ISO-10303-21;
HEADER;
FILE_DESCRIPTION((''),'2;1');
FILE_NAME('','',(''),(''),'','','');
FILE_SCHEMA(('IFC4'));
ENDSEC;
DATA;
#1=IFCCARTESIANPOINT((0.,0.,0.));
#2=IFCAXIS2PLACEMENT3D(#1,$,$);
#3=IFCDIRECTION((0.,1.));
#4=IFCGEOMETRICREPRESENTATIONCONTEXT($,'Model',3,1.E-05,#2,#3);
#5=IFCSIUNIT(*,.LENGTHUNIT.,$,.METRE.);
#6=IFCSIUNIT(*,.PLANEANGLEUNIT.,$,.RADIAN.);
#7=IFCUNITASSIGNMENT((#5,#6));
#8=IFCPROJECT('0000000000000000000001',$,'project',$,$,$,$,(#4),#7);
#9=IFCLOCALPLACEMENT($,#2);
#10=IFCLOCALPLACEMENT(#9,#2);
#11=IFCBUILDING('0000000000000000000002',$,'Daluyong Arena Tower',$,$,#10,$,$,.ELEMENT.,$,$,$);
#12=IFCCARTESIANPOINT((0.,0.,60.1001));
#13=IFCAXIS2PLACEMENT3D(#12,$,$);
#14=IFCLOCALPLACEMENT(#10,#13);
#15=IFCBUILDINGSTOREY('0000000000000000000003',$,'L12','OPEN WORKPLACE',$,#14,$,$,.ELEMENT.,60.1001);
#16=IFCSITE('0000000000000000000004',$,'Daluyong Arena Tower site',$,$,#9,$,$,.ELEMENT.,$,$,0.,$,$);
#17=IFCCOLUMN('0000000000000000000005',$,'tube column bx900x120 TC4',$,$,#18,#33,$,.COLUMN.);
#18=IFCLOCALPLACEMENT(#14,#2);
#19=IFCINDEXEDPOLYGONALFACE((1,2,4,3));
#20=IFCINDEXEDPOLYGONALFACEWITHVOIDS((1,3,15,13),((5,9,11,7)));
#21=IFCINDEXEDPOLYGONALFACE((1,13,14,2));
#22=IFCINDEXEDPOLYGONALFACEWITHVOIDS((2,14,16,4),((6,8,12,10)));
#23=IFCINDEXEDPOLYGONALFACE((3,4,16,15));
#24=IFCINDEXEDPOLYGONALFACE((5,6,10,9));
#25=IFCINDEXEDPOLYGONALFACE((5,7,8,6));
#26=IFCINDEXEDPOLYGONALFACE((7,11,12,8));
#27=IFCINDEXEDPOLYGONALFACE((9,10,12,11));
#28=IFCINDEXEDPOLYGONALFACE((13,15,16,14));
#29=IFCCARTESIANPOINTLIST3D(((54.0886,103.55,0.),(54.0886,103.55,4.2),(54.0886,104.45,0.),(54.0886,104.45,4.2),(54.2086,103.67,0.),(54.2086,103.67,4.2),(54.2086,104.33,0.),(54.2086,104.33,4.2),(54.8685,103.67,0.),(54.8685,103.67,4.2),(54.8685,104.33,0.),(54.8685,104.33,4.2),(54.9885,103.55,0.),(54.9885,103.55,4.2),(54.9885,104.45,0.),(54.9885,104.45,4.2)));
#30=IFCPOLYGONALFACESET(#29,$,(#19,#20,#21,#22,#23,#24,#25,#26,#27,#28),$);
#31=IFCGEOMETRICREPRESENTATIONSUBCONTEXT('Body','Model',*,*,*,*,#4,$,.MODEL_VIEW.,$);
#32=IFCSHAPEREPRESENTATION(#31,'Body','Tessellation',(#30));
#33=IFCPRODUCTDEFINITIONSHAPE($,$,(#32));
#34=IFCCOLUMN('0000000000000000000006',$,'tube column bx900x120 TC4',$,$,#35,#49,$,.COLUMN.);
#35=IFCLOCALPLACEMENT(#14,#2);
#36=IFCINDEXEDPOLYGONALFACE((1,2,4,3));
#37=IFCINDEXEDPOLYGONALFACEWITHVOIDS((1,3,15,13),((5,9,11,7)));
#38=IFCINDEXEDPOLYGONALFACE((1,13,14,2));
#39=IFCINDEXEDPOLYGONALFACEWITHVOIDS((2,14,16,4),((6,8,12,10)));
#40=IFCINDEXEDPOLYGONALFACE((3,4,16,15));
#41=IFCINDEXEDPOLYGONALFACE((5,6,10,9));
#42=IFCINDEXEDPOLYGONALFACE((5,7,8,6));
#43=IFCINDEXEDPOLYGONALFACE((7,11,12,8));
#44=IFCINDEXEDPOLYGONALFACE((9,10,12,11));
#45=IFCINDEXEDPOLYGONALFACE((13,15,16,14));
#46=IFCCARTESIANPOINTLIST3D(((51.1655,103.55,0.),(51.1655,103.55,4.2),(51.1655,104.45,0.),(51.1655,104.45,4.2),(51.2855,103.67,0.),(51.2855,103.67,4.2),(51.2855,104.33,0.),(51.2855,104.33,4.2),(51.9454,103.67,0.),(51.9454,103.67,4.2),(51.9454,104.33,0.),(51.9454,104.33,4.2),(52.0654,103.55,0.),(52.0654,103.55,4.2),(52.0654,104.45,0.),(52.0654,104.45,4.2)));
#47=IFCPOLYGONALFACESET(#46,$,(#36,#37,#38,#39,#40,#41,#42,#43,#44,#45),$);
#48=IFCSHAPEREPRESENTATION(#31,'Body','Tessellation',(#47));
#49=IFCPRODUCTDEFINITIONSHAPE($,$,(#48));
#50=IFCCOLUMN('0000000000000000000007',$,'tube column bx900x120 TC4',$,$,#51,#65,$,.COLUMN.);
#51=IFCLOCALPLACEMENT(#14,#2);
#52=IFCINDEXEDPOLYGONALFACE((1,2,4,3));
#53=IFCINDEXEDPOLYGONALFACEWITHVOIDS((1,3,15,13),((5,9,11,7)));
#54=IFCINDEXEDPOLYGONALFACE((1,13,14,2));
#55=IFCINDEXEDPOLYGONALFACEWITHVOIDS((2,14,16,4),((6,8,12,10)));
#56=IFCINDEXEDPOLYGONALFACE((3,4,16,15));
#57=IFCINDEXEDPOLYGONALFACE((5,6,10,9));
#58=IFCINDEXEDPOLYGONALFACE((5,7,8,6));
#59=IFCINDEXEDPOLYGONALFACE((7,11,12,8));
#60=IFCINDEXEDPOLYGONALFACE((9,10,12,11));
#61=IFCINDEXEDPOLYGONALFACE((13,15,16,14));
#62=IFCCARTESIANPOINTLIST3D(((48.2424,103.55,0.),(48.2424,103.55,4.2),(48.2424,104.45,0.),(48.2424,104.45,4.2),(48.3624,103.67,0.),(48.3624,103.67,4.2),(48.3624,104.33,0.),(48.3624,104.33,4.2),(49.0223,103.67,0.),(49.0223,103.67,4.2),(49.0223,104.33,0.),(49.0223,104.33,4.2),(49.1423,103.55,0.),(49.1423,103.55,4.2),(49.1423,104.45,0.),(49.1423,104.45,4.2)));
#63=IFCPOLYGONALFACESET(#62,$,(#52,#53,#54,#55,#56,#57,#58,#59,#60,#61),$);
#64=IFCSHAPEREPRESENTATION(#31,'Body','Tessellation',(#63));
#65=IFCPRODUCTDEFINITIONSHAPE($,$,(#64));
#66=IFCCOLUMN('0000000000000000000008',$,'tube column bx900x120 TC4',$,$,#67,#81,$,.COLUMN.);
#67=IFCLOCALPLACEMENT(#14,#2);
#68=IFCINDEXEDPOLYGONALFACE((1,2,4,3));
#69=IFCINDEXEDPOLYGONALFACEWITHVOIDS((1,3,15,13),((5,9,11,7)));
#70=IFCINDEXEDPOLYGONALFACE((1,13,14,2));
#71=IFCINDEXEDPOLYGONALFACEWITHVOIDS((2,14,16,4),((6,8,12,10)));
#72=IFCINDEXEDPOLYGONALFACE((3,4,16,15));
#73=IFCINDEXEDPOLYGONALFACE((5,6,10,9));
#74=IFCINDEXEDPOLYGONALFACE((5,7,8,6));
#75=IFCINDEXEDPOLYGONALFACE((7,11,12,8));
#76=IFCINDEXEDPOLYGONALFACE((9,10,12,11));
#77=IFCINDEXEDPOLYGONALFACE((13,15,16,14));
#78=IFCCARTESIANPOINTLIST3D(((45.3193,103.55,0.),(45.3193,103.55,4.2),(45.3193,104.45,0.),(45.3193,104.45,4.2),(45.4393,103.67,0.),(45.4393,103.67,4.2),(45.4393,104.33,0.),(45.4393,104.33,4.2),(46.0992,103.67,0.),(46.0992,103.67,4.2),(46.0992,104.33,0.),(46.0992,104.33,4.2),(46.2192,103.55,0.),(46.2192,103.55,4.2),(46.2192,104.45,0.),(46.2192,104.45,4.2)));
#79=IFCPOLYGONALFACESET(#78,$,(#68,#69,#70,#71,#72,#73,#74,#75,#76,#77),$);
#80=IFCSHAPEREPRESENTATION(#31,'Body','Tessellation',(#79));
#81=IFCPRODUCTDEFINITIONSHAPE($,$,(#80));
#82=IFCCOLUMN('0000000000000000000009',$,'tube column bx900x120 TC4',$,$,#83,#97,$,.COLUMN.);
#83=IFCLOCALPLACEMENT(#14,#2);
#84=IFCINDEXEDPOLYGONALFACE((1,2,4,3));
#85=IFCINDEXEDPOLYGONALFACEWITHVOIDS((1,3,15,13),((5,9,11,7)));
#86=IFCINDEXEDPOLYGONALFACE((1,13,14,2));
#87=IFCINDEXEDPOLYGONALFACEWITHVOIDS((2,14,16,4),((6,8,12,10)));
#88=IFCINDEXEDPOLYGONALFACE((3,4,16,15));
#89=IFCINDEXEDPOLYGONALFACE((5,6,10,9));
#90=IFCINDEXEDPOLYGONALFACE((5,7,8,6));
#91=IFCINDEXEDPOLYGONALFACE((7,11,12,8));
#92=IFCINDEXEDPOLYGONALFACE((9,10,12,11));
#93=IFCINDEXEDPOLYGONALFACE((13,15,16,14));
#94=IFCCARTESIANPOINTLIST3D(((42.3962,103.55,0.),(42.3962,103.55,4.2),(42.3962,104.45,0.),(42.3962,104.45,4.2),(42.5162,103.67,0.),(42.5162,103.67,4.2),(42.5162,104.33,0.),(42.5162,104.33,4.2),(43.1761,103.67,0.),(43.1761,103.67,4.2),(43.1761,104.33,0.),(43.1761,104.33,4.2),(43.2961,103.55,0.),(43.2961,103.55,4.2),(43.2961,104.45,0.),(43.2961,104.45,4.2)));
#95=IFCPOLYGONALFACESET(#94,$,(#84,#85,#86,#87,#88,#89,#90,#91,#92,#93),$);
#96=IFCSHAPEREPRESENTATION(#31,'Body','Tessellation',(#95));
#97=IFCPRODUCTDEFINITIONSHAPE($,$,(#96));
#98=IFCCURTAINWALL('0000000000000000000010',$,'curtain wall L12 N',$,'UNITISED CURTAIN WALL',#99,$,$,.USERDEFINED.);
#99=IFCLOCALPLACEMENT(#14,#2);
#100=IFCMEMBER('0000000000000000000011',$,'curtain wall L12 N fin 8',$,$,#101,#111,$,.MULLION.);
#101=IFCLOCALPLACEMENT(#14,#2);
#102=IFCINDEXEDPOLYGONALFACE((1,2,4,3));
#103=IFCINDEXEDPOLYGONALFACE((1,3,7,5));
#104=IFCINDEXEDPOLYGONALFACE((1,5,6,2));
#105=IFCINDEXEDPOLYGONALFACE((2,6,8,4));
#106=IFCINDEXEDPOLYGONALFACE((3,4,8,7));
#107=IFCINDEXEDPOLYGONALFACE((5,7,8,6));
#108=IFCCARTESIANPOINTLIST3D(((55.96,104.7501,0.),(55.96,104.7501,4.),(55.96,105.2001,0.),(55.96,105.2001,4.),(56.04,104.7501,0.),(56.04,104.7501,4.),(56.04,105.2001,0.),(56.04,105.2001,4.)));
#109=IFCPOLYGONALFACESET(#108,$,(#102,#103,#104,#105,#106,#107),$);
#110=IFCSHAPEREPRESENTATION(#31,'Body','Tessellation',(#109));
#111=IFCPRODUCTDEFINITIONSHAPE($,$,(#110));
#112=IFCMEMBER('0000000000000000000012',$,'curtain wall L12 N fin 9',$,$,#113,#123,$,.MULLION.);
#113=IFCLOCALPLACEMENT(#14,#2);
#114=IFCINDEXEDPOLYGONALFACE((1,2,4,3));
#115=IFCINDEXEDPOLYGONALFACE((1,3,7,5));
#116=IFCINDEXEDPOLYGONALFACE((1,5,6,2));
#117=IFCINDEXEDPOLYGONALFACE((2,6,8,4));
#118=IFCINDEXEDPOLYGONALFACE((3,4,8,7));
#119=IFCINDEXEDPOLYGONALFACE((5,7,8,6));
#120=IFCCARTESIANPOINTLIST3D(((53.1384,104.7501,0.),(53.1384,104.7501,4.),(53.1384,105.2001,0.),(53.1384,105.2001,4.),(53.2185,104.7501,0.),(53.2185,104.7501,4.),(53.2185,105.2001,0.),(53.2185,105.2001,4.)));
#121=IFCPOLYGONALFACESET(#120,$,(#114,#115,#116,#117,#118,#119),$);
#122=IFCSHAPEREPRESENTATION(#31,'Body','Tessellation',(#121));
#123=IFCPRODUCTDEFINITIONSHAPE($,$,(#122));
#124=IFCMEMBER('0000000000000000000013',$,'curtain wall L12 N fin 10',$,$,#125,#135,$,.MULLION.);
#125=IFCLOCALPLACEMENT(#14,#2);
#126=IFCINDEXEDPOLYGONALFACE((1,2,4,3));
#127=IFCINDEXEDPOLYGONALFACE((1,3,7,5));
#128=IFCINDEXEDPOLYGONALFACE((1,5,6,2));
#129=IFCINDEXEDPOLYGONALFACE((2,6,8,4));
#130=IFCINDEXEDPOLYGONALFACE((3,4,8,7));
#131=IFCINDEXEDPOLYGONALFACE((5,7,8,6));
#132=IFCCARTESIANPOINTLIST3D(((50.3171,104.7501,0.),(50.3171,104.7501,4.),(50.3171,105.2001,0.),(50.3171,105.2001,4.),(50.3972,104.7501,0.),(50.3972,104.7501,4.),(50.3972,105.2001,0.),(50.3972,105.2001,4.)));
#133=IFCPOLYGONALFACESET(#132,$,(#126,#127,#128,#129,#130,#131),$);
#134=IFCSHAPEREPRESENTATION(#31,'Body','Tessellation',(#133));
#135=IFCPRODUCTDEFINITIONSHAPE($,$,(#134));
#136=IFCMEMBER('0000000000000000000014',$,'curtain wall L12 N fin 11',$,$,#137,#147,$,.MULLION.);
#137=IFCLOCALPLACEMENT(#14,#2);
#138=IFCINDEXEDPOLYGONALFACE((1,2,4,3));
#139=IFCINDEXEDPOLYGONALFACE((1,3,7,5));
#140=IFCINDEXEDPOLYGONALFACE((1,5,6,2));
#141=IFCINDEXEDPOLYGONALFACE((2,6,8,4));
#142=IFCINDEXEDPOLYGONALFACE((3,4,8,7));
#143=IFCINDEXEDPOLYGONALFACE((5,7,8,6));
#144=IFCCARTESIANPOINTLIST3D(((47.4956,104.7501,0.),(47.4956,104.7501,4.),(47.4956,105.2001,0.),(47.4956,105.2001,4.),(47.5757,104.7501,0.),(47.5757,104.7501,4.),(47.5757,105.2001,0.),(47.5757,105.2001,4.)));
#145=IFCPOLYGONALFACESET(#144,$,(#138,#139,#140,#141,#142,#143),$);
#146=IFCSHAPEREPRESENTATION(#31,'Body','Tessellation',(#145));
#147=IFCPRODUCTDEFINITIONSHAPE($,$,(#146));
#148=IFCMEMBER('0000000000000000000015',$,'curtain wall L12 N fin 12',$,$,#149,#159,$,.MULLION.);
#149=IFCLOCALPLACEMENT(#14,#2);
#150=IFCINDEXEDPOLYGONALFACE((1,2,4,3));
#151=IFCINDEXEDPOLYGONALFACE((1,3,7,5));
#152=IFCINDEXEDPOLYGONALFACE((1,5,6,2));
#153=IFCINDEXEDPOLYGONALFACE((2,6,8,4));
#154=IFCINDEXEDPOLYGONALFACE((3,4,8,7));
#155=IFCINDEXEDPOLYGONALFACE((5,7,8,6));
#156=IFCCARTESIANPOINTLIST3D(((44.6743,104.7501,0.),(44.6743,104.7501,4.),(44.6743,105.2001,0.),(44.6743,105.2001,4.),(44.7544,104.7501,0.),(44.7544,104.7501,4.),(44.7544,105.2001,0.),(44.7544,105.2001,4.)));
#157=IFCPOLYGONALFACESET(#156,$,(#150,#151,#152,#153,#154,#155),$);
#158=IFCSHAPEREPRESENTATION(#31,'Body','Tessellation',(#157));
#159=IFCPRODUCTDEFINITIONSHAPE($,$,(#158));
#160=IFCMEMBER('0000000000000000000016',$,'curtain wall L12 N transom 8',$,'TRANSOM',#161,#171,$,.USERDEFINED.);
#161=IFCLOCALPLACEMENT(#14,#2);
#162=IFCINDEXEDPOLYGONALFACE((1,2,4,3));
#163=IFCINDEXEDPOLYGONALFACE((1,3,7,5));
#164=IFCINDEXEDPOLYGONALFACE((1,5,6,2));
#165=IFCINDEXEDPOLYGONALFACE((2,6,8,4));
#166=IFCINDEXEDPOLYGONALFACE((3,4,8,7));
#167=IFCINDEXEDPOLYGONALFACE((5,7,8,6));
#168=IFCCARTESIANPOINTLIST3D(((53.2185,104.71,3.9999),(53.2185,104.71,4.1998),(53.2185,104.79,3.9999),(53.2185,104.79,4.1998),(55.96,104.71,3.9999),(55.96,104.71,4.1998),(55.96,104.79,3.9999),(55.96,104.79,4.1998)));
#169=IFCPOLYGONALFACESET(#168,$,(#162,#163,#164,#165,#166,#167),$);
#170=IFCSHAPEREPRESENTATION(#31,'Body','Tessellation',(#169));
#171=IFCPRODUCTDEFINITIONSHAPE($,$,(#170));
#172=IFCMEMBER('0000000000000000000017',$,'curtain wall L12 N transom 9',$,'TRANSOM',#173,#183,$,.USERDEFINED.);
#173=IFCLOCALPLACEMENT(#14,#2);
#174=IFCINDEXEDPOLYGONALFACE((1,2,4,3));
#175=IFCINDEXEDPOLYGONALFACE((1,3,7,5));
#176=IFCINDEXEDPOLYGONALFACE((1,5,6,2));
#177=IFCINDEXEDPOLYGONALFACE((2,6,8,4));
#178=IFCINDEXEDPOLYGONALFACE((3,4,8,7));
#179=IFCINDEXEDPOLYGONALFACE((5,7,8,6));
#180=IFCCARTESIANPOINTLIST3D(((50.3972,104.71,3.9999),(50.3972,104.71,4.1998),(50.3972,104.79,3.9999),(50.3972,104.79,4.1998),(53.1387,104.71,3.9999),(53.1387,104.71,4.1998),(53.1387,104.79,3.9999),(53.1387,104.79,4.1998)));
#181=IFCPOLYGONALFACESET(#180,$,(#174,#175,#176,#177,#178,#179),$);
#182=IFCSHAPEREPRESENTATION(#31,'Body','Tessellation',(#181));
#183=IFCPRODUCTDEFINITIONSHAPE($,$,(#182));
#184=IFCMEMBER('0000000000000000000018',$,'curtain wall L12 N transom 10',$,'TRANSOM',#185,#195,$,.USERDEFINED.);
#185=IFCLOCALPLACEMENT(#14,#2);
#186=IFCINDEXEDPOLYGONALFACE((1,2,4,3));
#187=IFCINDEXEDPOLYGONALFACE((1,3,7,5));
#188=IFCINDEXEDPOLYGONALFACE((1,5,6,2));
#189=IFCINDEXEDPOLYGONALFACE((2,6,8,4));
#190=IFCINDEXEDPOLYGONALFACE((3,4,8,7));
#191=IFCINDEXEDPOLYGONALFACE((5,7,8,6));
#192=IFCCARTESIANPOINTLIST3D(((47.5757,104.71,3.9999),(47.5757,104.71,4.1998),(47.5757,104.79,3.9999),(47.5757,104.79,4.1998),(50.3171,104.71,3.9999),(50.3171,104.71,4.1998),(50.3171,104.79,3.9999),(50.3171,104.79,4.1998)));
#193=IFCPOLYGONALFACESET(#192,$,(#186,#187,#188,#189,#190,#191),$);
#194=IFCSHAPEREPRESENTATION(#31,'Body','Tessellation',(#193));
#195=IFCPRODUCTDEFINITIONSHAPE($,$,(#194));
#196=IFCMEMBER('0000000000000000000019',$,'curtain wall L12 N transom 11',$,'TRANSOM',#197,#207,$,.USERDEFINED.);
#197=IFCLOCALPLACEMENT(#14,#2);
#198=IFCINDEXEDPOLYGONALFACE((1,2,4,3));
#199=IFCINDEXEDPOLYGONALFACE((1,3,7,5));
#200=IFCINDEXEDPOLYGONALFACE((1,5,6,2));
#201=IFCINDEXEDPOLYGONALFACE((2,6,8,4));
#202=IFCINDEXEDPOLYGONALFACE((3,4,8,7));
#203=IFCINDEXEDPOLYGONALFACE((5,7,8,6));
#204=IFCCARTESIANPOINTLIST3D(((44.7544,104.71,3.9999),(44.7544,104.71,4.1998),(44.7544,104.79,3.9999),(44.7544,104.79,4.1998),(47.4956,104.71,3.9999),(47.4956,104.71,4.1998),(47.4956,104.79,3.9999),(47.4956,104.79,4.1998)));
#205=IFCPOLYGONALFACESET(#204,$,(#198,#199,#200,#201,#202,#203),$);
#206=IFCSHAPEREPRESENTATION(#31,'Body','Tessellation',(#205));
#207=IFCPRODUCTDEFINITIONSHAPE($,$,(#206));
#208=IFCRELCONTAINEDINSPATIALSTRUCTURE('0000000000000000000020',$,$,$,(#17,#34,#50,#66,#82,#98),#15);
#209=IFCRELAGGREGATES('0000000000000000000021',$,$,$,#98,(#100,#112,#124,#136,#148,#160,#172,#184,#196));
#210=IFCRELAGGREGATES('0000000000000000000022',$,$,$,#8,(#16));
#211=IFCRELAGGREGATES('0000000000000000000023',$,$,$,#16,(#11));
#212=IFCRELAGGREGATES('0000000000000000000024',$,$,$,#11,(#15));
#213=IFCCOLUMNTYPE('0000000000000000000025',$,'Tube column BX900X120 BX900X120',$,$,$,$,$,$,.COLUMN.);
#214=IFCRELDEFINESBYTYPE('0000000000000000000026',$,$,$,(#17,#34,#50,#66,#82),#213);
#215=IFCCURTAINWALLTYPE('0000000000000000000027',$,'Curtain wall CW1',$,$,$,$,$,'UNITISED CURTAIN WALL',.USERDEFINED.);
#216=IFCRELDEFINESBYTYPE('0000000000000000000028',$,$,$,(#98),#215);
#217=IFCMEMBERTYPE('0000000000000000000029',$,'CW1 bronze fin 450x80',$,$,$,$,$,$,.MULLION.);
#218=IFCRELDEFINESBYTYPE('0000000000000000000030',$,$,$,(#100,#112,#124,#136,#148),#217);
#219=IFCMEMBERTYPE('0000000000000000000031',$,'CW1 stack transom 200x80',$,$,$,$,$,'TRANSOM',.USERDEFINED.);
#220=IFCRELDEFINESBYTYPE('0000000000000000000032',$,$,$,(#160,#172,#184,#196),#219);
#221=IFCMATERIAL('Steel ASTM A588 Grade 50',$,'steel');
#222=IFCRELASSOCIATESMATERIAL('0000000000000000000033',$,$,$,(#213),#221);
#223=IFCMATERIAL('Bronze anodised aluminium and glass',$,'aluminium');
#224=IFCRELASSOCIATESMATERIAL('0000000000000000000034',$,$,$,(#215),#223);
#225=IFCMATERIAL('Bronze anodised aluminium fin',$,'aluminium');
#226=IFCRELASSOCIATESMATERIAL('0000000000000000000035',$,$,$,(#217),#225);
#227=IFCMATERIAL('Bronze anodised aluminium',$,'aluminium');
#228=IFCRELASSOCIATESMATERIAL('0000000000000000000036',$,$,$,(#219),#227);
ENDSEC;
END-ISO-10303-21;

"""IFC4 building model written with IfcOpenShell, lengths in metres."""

from ifc_helpers import new_model, si_unit, direction, frame, origin, origin_2d, place, context, subcontext, project, spatial, rectangle, hollow_rectangle, extrude, material, material_profile, profile_set, type_object, element, aggregate, save


model = new_model("IFC4")

# Units and contexts
model_context = context("Model", 3, precision=1e-05, world=origin(), true_north=direction((0.0, 1.0)))
body_context = subcontext(model_context, "Body", "Model", "MODEL_VIEW")
ifc_project = project(units=[si_unit("LENGTHUNIT", "METRE"), si_unit("PLANEANGLEUNIT", "RADIAN")], contexts=[model_context])

# Site, building, storey
site_placement = place(None, origin())
site = spatial("IfcSite", under=ifc_project, at=site_placement, Name="Daluyong Arena Tower site", CompositionType="ELEMENT", RefElevation=0.0)
building_placement = place(site_placement, origin())
building = spatial("IfcBuilding", under=site, at=building_placement, Name="Daluyong Arena Tower", CompositionType="ELEMENT")
storey_placement = place(building_placement, frame((0.0, 0.0, 60.1001)))
storey = spatial("IfcBuildingStorey", under=building, at=storey_placement, Name="L12", Description="OPEN WORKPLACE", CompositionType="ELEMENT", Elevation=60.1001)

# Columns
ifc_material_1 = material(Name="Steel ASTM A588 Grade 50", Category="steel")
ifc_material_profile_1 = material_profile(ifc_material_1, hollow_rectangle(XDim=0.8999, YDim=0.8999, WallThickness=0.12, at=origin_2d()))
ifc_profile_set_1 = profile_set([ifc_material_profile_1], Name="Steel ASTM A588 Grade 50")
column_type = type_object("IfcColumnType", Name="Tube column BX900X120 BX900X120", PredefinedType="COLUMN", material=ifc_profile_set_1)
for number, where, z_axis, x_axis, name in (
    (1, (54.5386, 104.0, 0.0), (0.0, 0.0, 1.0), (1.0, 0.0, 0.0), "tube column bx900x120 TC4"),
    (2, (51.6155, 104.0, 0.0), (0.0, 0.0, 1.0), (1.0, 0.0, 0.0), "tube column bx900x120 TC4"),
    (3, (48.6924, 104.0, 0.0), (0.0, 0.0, 1.0), (1.0, 0.0, 0.0), "tube column bx900x120 TC4"),
    (4, (45.7693, 104.0, 0.0), (0.0, 0.0, 1.0), (1.0, 0.0, 0.0), "tube column bx900x120 TC4"),
    (5, (42.8462, 104.0, 0.0), (0.0, 0.0, 1.0), (1.0, 0.0, 0.0), "tube column bx900x120 TC4"),
):
    element("IfcColumn", number, at=place(storey_placement, frame(where, z_axis=z_axis, x_axis=x_axis)), inside=storey, type_object=column_type, Name=name, PredefinedType="COLUMN", context=body_context, shape_type="SweptSolid", body=[
        extrude(hollow_rectangle(XDim=0.8999, YDim=0.8999, WallThickness=0.12, at=origin_2d()), origin(), (0.0, 0.0, 1.0), 4.2),
    ])

# Curtain wall, members
ifc_material_2 = material(Name="Bronze anodised aluminium and glass", Category="aluminium")
curtain_wall_type = type_object("IfcCurtainWallType", Name="Curtain wall CW1", ElementType="UNITISED CURTAIN WALL", PredefinedType="USERDEFINED", material=ifc_material_2)
curtain_wall_placement = place(storey_placement, origin())
curtain_wall = element("IfcCurtainWall", 6, at=curtain_wall_placement, inside=storey, type_object=curtain_wall_type, Name="curtain wall L12 N", ObjectType="UNITISED CURTAIN WALL", PredefinedType="USERDEFINED")
ifc_material_3 = material(Name="Bronze anodised aluminium fin", Category="aluminium")
ifc_material_profile_2 = material_profile(ifc_material_3, rectangle(XDim=0.45, YDim=0.0801, at=origin_2d()))
ifc_profile_set_2 = profile_set([ifc_material_profile_2], Name="Bronze anodised aluminium fin")
member_type_1 = type_object("IfcMemberType", Name="CW1 bronze fin 450x80", PredefinedType="MULLION", material=ifc_profile_set_2)
member_1_placement = place(storey_placement, frame((56.0, 104.9751, 0.0), z_axis=(0.0, 0.0, 1.0), x_axis=(0.0, -1.0, 0.0)))
member_1 = element("IfcMember", 7, at=member_1_placement, type_object=member_type_1, Name="curtain wall L12 N fin 8", PredefinedType="MULLION", context=body_context, shape_type="SweptSolid", body=[
    extrude(rectangle(XDim=0.45, YDim=0.0801, at=origin_2d()), origin(), (0.0, 0.0, 1.0), 4.0),
])
member_2_placement = place(storey_placement, frame((53.1785, 104.9751, 0.0), z_axis=(0.0, 0.0, 1.0), x_axis=(0.0, -1.0, 0.0)))
member_2 = element("IfcMember", 8, at=member_2_placement, type_object=member_type_1, Name="curtain wall L12 N fin 9", PredefinedType="MULLION", context=body_context, shape_type="SweptSolid", body=[
    extrude(rectangle(XDim=0.45, YDim=0.0801, at=origin_2d()), origin(), (0.0, 0.0, 1.0), 4.0),
])
member_3_placement = place(storey_placement, frame((50.3572, 104.9751, 0.0), z_axis=(0.0, 0.0, 1.0), x_axis=(0.0, -1.0, 0.0)))
member_3 = element("IfcMember", 9, at=member_3_placement, type_object=member_type_1, Name="curtain wall L12 N fin 10", PredefinedType="MULLION", context=body_context, shape_type="SweptSolid", body=[
    extrude(rectangle(XDim=0.45, YDim=0.0801, at=origin_2d()), origin(), (0.0, 0.0, 1.0), 4.0),
])
member_4_placement = place(storey_placement, frame((47.5356, 104.9751, 0.0), z_axis=(0.0, 0.0, 1.0), x_axis=(0.0, -1.0, 0.0)))
member_4 = element("IfcMember", 10, at=member_4_placement, type_object=member_type_1, Name="curtain wall L12 N fin 11", PredefinedType="MULLION", context=body_context, shape_type="SweptSolid", body=[
    extrude(rectangle(XDim=0.45, YDim=0.0801, at=origin_2d()), origin(), (0.0, 0.0, 1.0), 4.0),
])
member_5_placement = place(storey_placement, frame((44.7144, 104.9751, 0.0), z_axis=(0.0, 0.0, 1.0), x_axis=(0.0, -1.0, 0.0)))
member_5 = element("IfcMember", 11, at=member_5_placement, type_object=member_type_1, Name="curtain wall L12 N fin 12", PredefinedType="MULLION", context=body_context, shape_type="SweptSolid", body=[
    extrude(rectangle(XDim=0.45, YDim=0.0801, at=origin_2d()), origin(), (0.0, 0.0, 1.0), 4.0),
])
ifc_material_4 = material(Name="Bronze anodised aluminium", Category="aluminium")
ifc_material_profile_3 = material_profile(ifc_material_4, rectangle(XDim=0.0801, YDim=0.2, at=origin_2d()))
ifc_profile_set_3 = profile_set([ifc_material_profile_3], Name="Bronze anodised aluminium")
member_type_2 = type_object("IfcMemberType", Name="CW1 stack transom 200x80", ElementType="TRANSOM", PredefinedType="USERDEFINED", material=ifc_profile_set_3)
member_6_placement = place(storey_placement, frame((55.96, 104.75, 4.0999), z_axis=(-1.0, 0.0, 0.0), x_axis=(0.0, -1.0, 0.0)))
member_6 = element("IfcMember", 12, at=member_6_placement, type_object=member_type_2, Name="curtain wall L12 N transom 8", ObjectType="TRANSOM", PredefinedType="USERDEFINED", context=body_context, shape_type="SweptSolid", body=[
    extrude(rectangle(XDim=0.0801, YDim=0.2, at=origin_2d()), origin(), (0.0, 0.0, 1.0), 2.7415),
])
member_7_placement = place(storey_placement, frame((53.1387, 104.75, 4.0999), z_axis=(-1.0, 0.0, 0.0), x_axis=(0.0, -1.0, 0.0)))
member_7 = element("IfcMember", 13, at=member_7_placement, type_object=member_type_2, Name="curtain wall L12 N transom 9", ObjectType="TRANSOM", PredefinedType="USERDEFINED", context=body_context, shape_type="SweptSolid", body=[
    extrude(rectangle(XDim=0.0801, YDim=0.2, at=origin_2d()), origin(), (0.0, 0.0, 1.0), 2.7415),
])
member_8_placement = place(storey_placement, frame((50.3171, 104.75, 4.0999), z_axis=(-1.0, 0.0, 0.0), x_axis=(0.0, -1.0, 0.0)))
member_8 = element("IfcMember", 14, at=member_8_placement, type_object=member_type_2, Name="curtain wall L12 N transom 10", ObjectType="TRANSOM", PredefinedType="USERDEFINED", context=body_context, shape_type="SweptSolid", body=[
    extrude(rectangle(XDim=0.0801, YDim=0.2, at=origin_2d()), origin(), (0.0, 0.0, 1.0), 2.7415),
])
member_9_placement = place(storey_placement, frame((47.4956, 104.75, 4.0999), z_axis=(-1.0, 0.0, 0.0), x_axis=(0.0, -1.0, 0.0)))
member_9 = element("IfcMember", 15, at=member_9_placement, type_object=member_type_2, Name="curtain wall L12 N transom 11", ObjectType="TRANSOM", PredefinedType="USERDEFINED", context=body_context, shape_type="SweptSolid", body=[
    extrude(rectangle(XDim=0.0801, YDim=0.2, at=origin_2d()), origin(), (0.0, 0.0, 1.0), 2.7412),
])

aggregate(curtain_wall, [member_1, member_2, member_3, member_4, member_5, member_6, member_7, member_8, member_9])

save(model, "model.ifc")
